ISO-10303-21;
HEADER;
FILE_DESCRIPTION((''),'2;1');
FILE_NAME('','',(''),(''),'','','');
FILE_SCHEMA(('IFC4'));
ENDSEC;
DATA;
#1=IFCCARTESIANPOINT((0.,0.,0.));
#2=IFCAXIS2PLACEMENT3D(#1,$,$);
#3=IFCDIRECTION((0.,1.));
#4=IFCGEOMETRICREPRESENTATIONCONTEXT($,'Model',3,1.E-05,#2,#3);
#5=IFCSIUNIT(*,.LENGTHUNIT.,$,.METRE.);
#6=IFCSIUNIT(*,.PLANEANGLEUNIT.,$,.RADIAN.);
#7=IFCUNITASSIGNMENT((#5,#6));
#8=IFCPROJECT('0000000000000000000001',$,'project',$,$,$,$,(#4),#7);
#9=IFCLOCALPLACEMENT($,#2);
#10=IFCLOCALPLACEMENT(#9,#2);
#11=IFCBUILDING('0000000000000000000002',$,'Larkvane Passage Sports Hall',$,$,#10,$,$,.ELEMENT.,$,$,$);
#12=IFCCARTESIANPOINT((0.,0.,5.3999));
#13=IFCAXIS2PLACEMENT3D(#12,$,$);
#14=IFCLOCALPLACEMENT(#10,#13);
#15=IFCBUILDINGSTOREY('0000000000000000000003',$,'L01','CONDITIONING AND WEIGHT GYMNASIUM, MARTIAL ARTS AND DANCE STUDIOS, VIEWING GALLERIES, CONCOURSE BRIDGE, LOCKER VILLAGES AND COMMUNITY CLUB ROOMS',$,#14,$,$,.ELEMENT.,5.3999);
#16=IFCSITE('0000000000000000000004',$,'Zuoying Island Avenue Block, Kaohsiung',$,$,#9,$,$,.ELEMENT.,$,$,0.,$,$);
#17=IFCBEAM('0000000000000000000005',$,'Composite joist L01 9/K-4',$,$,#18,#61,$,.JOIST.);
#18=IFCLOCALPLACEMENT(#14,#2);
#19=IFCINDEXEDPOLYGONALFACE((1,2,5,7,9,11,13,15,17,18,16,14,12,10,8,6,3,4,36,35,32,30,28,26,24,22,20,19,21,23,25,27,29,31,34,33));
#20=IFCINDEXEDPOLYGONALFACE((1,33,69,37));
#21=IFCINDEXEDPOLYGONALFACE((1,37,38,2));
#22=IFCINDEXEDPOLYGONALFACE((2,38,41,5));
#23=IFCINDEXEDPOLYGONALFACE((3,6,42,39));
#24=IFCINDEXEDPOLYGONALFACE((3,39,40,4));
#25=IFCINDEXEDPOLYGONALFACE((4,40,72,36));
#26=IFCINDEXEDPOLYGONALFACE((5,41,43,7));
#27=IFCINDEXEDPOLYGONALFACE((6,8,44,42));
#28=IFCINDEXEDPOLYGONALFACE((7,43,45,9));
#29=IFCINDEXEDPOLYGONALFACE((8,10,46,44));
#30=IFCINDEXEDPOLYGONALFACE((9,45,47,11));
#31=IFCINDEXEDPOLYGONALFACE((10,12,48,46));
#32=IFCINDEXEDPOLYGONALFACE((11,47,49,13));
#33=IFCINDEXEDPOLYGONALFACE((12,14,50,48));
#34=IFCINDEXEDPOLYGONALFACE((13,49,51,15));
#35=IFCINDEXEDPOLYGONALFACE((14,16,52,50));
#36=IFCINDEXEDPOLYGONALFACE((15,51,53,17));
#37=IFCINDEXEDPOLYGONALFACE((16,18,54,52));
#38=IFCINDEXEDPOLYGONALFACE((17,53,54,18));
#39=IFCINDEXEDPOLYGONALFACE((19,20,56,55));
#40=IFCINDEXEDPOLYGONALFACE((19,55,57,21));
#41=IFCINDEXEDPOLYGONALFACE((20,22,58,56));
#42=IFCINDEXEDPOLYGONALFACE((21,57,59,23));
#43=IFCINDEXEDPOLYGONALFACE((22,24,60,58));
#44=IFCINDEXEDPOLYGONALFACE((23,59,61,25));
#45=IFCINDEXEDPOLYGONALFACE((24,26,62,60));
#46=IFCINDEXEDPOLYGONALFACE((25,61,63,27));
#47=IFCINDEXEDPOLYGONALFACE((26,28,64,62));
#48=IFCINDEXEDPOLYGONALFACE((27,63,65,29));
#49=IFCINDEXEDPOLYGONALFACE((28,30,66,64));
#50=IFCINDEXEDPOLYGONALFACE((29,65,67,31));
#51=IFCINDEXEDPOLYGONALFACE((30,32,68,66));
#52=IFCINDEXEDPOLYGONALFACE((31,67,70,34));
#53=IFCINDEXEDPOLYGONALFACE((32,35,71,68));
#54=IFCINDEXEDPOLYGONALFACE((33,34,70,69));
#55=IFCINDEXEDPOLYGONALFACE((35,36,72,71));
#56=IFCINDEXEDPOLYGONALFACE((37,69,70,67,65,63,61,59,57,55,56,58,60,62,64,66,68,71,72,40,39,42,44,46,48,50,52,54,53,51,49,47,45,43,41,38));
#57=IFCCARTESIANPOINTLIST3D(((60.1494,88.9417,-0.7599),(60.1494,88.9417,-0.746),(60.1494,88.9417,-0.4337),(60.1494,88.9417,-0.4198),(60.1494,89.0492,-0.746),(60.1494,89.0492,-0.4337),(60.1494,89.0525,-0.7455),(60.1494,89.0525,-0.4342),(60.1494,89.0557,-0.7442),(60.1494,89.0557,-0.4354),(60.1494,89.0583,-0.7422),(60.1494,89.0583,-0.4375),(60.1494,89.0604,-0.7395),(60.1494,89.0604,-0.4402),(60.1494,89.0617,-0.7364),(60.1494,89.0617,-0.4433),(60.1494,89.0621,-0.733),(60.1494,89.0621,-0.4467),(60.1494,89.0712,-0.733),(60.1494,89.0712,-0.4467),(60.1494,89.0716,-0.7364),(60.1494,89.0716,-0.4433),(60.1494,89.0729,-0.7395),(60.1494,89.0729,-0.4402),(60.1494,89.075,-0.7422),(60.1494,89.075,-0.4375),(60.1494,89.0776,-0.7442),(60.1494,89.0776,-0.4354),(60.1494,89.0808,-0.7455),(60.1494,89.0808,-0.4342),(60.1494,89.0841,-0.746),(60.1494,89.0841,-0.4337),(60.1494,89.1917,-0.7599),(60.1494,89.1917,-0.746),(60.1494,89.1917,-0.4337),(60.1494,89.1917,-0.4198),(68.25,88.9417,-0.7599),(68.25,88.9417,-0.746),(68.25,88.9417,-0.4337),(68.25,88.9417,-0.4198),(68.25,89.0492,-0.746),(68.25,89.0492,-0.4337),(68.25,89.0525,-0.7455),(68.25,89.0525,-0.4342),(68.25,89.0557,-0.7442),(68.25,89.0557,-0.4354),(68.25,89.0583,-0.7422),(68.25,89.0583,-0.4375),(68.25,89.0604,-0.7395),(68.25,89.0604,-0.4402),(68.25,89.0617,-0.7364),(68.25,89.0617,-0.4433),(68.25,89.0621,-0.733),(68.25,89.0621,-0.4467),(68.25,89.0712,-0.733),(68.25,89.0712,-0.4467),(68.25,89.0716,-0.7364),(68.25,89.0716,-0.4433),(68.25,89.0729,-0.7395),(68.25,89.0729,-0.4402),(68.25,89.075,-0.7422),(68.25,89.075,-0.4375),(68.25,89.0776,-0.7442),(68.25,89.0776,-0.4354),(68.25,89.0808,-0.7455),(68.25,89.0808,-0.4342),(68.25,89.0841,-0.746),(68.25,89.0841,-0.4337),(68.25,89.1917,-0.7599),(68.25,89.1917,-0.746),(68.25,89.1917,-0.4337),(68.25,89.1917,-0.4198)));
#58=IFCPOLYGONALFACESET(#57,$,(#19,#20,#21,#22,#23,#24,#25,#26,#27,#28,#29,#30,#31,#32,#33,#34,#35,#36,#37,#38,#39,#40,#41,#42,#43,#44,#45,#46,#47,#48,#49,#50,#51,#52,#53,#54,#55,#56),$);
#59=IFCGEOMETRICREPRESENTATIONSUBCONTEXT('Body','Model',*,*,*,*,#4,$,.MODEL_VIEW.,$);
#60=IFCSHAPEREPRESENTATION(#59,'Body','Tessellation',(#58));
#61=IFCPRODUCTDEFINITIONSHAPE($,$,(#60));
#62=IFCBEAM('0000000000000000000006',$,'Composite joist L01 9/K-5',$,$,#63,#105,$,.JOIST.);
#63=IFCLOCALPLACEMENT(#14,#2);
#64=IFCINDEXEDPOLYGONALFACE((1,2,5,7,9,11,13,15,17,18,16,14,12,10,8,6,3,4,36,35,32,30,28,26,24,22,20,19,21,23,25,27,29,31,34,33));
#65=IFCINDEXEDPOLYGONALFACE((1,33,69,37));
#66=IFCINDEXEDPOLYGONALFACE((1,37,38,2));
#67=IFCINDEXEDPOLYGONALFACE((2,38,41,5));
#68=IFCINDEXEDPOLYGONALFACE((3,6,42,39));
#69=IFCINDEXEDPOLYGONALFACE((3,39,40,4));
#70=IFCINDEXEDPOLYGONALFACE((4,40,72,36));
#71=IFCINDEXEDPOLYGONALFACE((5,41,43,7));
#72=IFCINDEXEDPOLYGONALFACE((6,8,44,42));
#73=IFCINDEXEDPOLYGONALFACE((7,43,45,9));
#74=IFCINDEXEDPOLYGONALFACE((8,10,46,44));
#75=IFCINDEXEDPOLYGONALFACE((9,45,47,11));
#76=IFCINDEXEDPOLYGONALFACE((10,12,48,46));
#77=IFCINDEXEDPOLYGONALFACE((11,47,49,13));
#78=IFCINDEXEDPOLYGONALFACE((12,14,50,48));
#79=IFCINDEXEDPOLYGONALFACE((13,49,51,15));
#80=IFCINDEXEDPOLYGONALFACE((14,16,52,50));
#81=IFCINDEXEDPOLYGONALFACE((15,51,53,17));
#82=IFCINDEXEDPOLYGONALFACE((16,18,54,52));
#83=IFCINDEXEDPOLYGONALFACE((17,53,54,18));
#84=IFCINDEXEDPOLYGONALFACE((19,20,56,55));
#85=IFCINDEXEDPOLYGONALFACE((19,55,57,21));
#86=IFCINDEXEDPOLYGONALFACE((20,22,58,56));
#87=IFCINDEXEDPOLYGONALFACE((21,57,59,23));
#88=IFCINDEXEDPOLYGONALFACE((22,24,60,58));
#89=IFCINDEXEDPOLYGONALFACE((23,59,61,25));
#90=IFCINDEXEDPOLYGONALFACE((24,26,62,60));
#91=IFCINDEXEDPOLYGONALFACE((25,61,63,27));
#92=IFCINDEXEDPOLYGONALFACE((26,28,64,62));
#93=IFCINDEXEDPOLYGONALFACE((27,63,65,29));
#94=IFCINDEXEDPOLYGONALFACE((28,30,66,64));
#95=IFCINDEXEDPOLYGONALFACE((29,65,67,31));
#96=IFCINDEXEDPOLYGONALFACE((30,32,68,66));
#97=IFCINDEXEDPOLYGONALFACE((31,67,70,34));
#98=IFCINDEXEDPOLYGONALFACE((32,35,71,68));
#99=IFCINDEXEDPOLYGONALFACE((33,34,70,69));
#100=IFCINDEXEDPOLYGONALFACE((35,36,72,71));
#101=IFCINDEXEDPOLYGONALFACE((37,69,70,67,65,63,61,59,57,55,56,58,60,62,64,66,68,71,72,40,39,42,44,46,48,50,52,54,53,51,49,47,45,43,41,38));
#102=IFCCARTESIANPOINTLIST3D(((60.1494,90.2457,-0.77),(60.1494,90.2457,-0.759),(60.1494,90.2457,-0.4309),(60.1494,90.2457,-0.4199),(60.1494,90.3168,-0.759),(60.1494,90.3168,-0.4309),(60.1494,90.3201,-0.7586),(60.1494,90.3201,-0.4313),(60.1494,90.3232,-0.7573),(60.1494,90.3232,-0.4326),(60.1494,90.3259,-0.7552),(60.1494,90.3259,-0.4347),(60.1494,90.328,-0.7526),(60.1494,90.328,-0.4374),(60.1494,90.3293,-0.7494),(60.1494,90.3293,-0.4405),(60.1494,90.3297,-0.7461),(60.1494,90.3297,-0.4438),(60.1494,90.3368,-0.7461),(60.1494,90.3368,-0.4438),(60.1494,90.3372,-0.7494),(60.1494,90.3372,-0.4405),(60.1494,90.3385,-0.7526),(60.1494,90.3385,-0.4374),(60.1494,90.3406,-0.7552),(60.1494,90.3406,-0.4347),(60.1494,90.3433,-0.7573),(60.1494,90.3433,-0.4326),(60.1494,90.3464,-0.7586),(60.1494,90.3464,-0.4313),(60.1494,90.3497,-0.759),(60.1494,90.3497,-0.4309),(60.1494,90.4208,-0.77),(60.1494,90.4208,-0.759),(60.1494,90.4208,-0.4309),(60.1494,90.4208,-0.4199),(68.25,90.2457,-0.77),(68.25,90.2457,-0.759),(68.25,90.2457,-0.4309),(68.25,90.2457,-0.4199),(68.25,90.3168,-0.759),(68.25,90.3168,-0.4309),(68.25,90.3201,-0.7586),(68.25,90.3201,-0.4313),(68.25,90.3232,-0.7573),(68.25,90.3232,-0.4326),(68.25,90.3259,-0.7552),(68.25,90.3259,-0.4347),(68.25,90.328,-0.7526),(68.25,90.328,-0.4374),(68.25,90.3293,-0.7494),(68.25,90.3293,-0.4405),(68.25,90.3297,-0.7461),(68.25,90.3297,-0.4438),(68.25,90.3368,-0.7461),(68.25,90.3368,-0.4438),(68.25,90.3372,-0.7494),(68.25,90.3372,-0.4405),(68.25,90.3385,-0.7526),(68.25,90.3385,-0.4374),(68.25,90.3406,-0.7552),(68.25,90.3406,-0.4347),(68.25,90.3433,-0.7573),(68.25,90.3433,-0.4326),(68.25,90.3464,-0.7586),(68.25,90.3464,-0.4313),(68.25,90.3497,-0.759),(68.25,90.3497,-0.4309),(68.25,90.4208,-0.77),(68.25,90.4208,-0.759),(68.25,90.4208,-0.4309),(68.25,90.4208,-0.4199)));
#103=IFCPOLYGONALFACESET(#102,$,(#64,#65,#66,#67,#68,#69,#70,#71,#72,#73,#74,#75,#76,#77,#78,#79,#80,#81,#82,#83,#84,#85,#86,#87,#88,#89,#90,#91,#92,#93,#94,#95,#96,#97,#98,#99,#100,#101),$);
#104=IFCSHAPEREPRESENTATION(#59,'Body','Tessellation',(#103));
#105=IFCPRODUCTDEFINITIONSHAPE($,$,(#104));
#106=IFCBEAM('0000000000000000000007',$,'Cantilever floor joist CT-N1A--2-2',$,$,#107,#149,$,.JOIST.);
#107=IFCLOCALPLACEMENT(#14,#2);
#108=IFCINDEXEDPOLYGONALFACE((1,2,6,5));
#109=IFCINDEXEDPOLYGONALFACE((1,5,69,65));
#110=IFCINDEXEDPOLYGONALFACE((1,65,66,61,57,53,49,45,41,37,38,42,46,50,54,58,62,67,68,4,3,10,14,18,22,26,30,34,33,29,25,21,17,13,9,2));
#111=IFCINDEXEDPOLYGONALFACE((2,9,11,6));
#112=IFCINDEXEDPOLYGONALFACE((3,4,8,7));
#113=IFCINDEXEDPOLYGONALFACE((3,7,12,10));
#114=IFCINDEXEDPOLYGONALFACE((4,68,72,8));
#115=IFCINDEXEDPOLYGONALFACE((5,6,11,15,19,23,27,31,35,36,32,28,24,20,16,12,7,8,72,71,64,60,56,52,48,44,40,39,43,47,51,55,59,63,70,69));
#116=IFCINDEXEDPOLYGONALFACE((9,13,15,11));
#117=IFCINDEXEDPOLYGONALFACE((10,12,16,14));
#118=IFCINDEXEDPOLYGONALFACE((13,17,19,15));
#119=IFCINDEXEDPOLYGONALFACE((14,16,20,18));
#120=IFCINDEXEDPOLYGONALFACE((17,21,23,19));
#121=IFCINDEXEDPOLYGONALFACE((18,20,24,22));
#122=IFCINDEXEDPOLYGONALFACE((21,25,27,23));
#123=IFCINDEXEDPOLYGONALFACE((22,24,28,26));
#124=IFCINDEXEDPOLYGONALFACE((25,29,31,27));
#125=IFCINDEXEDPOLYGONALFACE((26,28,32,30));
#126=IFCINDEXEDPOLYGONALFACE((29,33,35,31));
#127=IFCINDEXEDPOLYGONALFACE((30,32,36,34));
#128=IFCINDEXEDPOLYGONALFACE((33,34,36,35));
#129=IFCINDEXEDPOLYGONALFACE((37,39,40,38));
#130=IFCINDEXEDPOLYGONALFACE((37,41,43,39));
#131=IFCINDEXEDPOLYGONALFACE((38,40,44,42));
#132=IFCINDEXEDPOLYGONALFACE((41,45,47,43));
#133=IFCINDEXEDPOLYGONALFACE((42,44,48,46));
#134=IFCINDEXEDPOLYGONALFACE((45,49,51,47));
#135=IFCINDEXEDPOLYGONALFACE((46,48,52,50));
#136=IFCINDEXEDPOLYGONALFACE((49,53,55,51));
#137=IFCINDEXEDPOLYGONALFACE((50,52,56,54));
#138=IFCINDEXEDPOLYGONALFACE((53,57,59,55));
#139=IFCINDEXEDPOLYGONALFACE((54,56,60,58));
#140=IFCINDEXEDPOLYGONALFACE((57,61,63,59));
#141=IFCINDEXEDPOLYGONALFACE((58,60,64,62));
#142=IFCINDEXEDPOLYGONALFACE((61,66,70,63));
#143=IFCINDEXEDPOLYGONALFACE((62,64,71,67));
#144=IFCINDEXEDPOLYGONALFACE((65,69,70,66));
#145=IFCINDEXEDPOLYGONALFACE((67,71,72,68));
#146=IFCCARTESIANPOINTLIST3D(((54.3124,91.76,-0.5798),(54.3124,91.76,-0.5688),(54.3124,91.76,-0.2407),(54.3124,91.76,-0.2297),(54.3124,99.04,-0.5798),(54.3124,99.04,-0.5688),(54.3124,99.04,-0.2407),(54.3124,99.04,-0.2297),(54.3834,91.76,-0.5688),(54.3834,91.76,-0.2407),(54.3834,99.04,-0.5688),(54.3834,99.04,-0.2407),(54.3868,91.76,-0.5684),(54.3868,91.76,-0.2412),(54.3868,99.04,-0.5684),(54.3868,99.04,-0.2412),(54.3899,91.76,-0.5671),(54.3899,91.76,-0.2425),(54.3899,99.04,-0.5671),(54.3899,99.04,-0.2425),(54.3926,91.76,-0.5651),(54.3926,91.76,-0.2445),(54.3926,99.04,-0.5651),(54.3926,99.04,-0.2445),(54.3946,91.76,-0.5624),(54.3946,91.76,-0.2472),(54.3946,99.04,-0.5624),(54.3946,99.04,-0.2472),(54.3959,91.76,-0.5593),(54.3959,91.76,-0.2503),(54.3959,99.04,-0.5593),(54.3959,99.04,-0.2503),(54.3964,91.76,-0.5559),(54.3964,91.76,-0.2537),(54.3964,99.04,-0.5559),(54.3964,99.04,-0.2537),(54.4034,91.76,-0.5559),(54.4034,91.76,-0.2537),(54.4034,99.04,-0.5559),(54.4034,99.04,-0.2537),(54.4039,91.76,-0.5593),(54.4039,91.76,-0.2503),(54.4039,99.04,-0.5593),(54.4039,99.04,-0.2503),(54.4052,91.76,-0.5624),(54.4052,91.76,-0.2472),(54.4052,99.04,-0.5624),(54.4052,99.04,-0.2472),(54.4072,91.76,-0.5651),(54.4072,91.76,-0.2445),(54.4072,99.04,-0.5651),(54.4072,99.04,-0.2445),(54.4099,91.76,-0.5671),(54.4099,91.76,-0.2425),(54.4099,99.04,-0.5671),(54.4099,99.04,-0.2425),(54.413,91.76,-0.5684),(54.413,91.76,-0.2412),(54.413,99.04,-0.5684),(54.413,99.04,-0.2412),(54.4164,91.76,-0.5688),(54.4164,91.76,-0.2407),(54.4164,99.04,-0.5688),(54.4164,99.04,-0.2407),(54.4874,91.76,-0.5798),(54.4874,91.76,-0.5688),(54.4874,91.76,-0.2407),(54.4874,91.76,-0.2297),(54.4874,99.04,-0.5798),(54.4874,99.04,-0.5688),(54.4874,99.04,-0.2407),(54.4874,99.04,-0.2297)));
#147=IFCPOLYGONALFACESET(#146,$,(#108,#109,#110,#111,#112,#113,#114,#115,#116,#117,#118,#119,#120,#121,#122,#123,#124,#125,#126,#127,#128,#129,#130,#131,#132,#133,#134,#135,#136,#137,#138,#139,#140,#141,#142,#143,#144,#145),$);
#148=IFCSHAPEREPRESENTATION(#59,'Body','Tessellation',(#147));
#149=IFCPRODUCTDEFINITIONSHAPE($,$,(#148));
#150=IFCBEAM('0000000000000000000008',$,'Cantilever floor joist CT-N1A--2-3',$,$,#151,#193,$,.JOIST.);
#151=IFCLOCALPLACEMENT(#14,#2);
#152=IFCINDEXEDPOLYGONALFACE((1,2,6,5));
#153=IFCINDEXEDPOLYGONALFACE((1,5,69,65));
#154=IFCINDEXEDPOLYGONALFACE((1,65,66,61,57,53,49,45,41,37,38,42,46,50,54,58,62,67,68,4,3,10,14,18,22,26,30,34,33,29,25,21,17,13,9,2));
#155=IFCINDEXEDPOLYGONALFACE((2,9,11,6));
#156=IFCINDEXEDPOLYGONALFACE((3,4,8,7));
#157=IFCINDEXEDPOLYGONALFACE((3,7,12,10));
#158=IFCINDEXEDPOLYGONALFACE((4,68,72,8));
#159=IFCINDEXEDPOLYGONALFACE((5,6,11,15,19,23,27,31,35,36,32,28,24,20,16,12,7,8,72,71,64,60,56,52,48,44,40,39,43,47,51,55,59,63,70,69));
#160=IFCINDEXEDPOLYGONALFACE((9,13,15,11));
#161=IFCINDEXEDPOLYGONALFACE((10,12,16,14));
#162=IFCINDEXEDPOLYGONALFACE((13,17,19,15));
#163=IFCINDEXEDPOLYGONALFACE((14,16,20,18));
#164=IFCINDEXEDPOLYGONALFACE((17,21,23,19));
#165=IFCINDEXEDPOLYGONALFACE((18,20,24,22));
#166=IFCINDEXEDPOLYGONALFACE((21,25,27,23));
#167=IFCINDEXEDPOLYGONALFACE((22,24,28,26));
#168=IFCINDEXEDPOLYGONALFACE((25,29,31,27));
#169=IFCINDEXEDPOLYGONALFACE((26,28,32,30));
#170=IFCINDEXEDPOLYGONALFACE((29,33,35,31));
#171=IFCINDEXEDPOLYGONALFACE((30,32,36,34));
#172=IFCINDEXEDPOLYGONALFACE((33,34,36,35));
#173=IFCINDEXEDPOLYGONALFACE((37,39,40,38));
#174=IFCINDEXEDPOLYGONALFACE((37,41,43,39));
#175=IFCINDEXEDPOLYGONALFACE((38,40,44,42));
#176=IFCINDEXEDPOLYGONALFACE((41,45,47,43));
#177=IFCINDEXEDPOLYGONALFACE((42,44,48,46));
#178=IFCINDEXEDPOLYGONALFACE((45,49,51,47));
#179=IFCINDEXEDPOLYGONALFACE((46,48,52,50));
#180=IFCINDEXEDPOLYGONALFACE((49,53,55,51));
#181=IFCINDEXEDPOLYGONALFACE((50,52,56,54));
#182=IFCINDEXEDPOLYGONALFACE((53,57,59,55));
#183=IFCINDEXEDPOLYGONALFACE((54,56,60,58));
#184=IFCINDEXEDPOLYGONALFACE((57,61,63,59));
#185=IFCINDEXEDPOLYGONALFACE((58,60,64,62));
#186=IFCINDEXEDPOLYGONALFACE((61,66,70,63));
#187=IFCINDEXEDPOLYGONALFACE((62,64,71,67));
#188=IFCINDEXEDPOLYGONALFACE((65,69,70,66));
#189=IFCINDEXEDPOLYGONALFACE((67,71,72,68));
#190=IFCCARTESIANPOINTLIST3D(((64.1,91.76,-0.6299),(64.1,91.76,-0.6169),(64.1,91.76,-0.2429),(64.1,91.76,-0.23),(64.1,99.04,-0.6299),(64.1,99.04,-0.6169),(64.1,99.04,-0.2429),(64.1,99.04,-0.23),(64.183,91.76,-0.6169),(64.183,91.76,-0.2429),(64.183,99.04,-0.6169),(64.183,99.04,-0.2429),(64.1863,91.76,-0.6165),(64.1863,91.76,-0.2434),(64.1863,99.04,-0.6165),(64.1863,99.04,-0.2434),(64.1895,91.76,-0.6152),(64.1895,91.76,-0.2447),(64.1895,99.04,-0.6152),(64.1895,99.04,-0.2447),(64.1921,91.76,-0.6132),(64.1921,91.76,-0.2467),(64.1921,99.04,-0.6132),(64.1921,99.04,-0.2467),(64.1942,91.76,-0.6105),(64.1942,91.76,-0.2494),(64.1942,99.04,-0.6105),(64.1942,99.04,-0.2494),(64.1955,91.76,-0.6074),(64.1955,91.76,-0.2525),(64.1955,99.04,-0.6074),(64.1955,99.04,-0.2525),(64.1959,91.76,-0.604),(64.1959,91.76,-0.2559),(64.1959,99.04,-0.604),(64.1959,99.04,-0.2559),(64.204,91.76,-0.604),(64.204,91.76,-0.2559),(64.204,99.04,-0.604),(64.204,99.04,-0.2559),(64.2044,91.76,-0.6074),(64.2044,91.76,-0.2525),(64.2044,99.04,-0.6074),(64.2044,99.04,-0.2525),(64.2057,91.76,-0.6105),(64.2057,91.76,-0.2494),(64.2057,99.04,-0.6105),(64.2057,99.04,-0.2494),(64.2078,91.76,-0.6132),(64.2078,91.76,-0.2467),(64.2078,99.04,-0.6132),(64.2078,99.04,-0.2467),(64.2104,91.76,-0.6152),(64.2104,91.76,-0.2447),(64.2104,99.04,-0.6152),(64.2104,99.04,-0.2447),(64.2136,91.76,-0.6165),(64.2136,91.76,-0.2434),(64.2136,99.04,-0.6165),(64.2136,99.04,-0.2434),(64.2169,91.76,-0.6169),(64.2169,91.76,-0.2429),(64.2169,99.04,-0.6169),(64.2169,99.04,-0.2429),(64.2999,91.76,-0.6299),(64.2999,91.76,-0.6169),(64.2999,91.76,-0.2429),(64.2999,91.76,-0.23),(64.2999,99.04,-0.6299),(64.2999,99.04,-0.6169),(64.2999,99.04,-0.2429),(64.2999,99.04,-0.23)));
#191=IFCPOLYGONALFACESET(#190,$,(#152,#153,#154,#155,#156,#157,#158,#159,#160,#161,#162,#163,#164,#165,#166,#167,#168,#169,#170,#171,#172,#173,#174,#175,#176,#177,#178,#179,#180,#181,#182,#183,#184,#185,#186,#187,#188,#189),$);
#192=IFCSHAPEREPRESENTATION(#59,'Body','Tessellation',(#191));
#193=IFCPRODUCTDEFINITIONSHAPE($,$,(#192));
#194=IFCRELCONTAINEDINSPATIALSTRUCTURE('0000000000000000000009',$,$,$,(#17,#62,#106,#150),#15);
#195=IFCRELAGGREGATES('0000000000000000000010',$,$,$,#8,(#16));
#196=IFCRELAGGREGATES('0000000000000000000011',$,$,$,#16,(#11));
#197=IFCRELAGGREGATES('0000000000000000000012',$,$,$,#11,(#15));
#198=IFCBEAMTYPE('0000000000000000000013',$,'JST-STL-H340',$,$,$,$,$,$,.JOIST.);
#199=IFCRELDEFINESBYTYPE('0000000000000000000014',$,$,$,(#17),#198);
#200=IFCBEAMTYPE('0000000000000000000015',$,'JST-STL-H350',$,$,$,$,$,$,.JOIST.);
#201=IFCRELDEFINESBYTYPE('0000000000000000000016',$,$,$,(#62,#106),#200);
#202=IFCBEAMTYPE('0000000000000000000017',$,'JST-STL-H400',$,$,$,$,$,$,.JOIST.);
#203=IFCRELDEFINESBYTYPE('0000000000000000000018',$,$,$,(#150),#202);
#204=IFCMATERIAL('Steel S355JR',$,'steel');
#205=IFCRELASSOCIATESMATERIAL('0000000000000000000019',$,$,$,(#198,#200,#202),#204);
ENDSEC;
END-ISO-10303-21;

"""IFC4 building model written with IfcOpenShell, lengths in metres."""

from ifc_helpers import new_model, si_unit, direction, frame, origin, origin_2d, place, context, subcontext, project, spatial, i_section, extrude, material, material_profile, profile_set, type_object, element, save


model = new_model("IFC4")

# Units and contexts
model_context = context("Model", 3, precision=1e-05, world=origin(), true_north=direction((0.0, 1.0)))
body_context = subcontext(model_context, "Body", "Model", "MODEL_VIEW")
ifc_project = project(units=[si_unit("LENGTHUNIT", "METRE"), si_unit("PLANEANGLEUNIT", "RADIAN")], contexts=[model_context])

# Site, building, storey
site_placement = place(None, origin())
site = spatial("IfcSite", under=ifc_project, at=site_placement, Name="Zuoying Island Avenue Block, Kaohsiung", CompositionType="ELEMENT", RefElevation=0.0)
building_placement = place(site_placement, origin())
building = spatial("IfcBuilding", under=site, at=building_placement, Name="Larkvane Passage Sports Hall", CompositionType="ELEMENT")
storey_placement = place(building_placement, frame((0.0, 0.0, 5.3999)))
storey = spatial("IfcBuildingStorey", under=building, at=storey_placement, Name="L01", Description="CONDITIONING AND WEIGHT GYMNASIUM, MARTIAL ARTS AND DANCE STUDIOS, VIEWING GALLERIES, CONCOURSE BRIDGE, LOCKER VILLAGES AND COMMUNITY CLUB ROOMS", CompositionType="ELEMENT", Elevation=5.3999)

# Shared definitions
ifc_material_1 = material(Name="Steel S355JR", Category="steel")

# Beams
ifc_material_profile_1 = material_profile(ifc_material_1, i_section(OverallWidth=0.25, OverallDepth=0.3401, WebThickness=0.009, FlangeThickness=0.0139, FilletRadius=0.0129, at=origin_2d()), Name="H-340x250x9x14")
ifc_profile_set_1 = profile_set([ifc_material_profile_1], Name="Steel S355JR")
beam_type_1 = type_object("IfcBeamType", Name="JST-STL-H340", PredefinedType="JOIST", material=ifc_profile_set_1)
beam_1_placement = place(storey_placement, frame((60.1494, 89.0667, -0.5898), z_axis=(1.0, 0.0, 0.0), x_axis=(0.0, 1.0, 0.0)))
element("IfcBeam", 1, at=beam_1_placement, inside=storey, type_object=beam_type_1, Name="Composite joist L01 9/K-4", PredefinedType="JOIST", context=body_context, shape_type="SweptSolid", body=[
    extrude(i_section(OverallWidth=0.25, OverallDepth=0.3401, WebThickness=0.009, FlangeThickness=0.0139, FilletRadius=0.0129, at=origin_2d()), origin(), (0.0, 0.0, 1.0), 8.1006),
])
ifc_material_profile_2 = material_profile(ifc_material_1, i_section(OverallWidth=0.175, OverallDepth=0.3501, WebThickness=0.0071, FlangeThickness=0.011, FilletRadius=0.0129, at=origin_2d()), Name="H-350x175x7x11")
ifc_profile_set_2 = profile_set([ifc_material_profile_2], Name="Steel S355JR")
beam_type_2 = type_object("IfcBeamType", Name="JST-STL-H350", PredefinedType="JOIST", material=ifc_profile_set_2)
beam_2_placement = place(storey_placement, frame((60.1494, 90.3333, -0.595), z_axis=(1.0, 0.0, 0.0), x_axis=(0.0, 1.0, 0.0)))
element("IfcBeam", 2, at=beam_2_placement, inside=storey, type_object=beam_type_2, Name="Composite joist L01 9/K-5", PredefinedType="JOIST", context=body_context, shape_type="SweptSolid", body=[
    extrude(i_section(OverallWidth=0.175, OverallDepth=0.3501, WebThickness=0.0071, FlangeThickness=0.011, FilletRadius=0.0129, at=origin_2d()), origin(), (0.0, 0.0, 1.0), 8.1006),
])
beam_3_placement = place(storey_placement, frame((54.3999, 91.76, -0.4048), z_axis=(0.0, 1.0, 0.0), x_axis=(-1.0, 0.0, 0.0)))
element("IfcBeam", 3, at=beam_3_placement, inside=storey, type_object=beam_type_2, Name="Cantilever floor joist CT-N1A--2-2", PredefinedType="JOIST", context=body_context, shape_type="SweptSolid", body=[
    extrude(i_section(OverallWidth=0.175, OverallDepth=0.3501, WebThickness=0.0071, FlangeThickness=0.011, FilletRadius=0.0129, at=origin_2d()), origin(), (0.0, 0.0, 1.0), 7.28),
])
ifc_material_profile_3 = material_profile(ifc_material_1, i_section(OverallWidth=0.2, OverallDepth=0.3999, WebThickness=0.0081, FlangeThickness=0.0129, FilletRadius=0.0129, at=origin_2d()), Name="H-400x200x8x13")
ifc_profile_set_3 = profile_set([ifc_material_profile_3], Name="Steel S355JR")
beam_type_3 = type_object("IfcBeamType", Name="JST-STL-H400", PredefinedType="JOIST", material=ifc_profile_set_3)
beam_4_placement = place(storey_placement, frame((64.2, 91.76, -0.4299), z_axis=(0.0, 1.0, 0.0), x_axis=(-1.0, 0.0, 0.0)))
element("IfcBeam", 4, at=beam_4_placement, inside=storey, type_object=beam_type_3, Name="Cantilever floor joist CT-N1A--2-3", PredefinedType="JOIST", context=body_context, shape_type="SweptSolid", body=[
    extrude(i_section(OverallWidth=0.2, OverallDepth=0.3999, WebThickness=0.0081, FlangeThickness=0.0129, FilletRadius=0.0129, at=origin_2d()), origin(), (0.0, 0.0, 1.0), 7.28),
])

save(model, "model.ifc")
